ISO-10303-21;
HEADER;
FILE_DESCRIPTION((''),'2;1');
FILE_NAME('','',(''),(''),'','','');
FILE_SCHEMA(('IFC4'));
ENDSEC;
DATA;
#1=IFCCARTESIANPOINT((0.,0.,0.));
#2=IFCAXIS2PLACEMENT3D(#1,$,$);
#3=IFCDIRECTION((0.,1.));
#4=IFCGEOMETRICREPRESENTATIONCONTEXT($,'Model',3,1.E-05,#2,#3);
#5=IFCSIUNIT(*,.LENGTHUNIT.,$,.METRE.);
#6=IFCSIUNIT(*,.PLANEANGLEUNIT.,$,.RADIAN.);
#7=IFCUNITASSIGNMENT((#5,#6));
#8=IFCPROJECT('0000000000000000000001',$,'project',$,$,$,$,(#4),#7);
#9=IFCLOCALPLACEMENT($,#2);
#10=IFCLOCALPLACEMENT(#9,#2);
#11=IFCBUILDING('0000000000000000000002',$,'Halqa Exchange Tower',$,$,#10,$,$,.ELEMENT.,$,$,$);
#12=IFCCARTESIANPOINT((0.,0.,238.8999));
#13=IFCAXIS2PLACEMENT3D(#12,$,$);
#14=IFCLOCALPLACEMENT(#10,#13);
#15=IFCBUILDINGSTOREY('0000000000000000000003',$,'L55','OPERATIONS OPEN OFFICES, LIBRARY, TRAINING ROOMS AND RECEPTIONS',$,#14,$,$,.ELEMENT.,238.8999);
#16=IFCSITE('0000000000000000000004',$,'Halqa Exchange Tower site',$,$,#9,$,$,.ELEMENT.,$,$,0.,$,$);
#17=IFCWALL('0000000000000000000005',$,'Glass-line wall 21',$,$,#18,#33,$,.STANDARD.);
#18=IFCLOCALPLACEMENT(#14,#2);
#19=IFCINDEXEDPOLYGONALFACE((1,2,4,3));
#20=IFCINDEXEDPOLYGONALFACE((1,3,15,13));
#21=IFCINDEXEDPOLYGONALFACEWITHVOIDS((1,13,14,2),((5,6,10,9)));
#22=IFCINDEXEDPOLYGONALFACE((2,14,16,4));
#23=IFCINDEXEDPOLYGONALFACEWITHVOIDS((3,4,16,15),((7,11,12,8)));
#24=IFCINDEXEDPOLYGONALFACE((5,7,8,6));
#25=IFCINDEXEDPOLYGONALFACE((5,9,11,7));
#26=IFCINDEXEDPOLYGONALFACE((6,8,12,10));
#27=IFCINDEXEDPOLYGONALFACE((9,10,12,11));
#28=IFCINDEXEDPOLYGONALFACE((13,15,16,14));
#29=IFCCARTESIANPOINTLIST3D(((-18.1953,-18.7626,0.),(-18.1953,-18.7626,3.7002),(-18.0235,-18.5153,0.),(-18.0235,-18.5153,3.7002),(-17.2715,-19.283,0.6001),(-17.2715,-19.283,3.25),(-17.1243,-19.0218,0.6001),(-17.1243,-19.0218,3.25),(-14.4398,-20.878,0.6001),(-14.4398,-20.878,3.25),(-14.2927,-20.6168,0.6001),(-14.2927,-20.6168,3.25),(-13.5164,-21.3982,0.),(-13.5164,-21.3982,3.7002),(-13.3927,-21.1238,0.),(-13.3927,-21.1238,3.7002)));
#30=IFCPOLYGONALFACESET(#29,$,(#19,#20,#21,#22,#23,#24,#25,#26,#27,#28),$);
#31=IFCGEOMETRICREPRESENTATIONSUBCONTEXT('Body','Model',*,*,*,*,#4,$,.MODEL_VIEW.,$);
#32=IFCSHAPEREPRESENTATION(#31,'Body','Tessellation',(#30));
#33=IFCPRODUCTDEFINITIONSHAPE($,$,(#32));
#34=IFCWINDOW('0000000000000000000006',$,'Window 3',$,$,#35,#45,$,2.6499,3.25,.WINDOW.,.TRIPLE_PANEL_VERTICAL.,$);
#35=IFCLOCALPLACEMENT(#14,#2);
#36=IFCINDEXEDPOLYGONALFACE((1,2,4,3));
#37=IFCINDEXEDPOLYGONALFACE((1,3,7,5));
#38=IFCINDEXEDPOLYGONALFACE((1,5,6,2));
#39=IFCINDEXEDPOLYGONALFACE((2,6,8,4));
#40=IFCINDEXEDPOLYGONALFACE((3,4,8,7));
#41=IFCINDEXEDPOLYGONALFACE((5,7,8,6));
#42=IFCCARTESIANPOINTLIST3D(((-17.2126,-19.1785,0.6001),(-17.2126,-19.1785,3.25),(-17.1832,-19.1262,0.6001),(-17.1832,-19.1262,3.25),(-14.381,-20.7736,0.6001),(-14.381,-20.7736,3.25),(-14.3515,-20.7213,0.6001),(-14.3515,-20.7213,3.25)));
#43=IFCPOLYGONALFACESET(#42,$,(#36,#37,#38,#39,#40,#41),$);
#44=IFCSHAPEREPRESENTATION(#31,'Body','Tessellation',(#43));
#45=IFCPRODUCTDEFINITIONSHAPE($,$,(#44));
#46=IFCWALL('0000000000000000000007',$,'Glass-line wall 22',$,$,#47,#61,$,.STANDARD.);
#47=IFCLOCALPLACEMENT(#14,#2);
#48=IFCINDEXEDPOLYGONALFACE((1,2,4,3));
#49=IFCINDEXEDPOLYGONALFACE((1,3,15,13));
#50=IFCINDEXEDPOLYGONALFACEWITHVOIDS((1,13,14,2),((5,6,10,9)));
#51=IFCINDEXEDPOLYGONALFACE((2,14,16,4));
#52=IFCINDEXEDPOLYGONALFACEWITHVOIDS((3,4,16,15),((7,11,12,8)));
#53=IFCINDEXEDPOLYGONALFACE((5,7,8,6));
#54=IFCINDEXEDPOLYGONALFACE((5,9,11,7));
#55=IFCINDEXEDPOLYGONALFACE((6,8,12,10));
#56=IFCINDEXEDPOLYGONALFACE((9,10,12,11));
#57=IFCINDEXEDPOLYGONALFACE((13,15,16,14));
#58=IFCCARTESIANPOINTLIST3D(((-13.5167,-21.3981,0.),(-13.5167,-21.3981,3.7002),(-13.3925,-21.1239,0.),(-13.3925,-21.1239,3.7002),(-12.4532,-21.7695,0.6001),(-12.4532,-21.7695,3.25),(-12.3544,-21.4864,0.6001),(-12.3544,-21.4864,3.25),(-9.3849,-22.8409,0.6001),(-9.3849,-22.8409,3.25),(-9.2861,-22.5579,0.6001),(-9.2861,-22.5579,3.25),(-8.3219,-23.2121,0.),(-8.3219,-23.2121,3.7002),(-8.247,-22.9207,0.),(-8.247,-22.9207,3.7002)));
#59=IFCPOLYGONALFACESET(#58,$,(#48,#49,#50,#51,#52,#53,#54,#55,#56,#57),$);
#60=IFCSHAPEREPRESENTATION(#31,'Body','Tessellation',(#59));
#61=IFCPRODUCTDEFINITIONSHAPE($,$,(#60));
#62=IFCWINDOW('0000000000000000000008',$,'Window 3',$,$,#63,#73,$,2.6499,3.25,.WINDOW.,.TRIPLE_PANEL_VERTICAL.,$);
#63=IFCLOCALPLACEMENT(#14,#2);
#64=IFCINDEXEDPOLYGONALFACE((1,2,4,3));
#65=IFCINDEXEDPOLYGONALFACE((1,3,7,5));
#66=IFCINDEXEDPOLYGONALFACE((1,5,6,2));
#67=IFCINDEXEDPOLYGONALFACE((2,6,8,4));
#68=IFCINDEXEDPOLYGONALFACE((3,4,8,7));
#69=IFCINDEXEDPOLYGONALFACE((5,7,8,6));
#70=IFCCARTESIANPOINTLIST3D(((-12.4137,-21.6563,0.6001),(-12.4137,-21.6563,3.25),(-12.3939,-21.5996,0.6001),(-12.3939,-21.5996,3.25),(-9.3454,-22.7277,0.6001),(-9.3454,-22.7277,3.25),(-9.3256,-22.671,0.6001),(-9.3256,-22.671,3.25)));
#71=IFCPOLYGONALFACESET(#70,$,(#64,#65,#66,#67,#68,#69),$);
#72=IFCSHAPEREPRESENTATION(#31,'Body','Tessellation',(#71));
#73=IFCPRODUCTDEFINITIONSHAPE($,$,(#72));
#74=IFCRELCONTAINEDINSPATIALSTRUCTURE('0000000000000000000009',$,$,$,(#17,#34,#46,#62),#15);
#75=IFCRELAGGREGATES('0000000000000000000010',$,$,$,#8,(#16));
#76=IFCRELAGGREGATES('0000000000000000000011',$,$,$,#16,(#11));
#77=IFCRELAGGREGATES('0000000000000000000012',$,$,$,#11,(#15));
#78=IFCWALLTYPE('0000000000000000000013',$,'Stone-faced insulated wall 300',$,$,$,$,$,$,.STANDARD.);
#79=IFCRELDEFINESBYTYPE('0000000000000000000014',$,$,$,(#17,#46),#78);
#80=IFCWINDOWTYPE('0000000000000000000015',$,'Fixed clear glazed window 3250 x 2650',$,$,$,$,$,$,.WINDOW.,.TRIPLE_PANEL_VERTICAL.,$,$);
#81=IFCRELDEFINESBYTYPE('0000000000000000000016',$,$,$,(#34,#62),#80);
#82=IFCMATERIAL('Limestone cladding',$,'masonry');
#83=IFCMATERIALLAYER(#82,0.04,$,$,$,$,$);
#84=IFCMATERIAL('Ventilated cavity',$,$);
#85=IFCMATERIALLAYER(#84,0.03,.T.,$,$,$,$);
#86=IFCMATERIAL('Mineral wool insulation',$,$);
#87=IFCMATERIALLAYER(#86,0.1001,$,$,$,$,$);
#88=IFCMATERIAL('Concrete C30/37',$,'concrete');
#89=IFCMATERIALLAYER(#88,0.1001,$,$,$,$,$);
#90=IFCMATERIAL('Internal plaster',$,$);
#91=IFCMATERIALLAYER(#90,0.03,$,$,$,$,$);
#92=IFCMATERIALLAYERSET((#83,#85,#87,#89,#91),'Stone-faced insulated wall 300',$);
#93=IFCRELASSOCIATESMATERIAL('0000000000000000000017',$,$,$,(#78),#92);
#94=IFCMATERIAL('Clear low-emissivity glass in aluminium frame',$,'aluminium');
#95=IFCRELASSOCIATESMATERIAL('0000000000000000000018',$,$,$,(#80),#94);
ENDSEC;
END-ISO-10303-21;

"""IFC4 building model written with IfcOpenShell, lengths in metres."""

from ifc_helpers import new_model, si_unit, direction, frame, frame_2d, origin, place, context, subcontext, project, spatial, polyline, rectangle, outline, extrude, material, layer, layer_set, type_object, element, fill, save


model = new_model("IFC4")

# Units and contexts
model_context = context("Model", 3, precision=1e-05, world=origin(), true_north=direction((0.0, 1.0)))
body_context = subcontext(model_context, "Body", "Model", "MODEL_VIEW")
ifc_project = project(units=[si_unit("LENGTHUNIT", "METRE"), si_unit("PLANEANGLEUNIT", "RADIAN")], contexts=[model_context])

# Site, building, storey
site_placement = place(None, origin())
site = spatial("IfcSite", under=ifc_project, at=site_placement, Name="Halqa Exchange Tower site", CompositionType="ELEMENT", RefElevation=0.0)
building_placement = place(site_placement, origin())
building = spatial("IfcBuilding", under=site, at=building_placement, Name="Halqa Exchange Tower", CompositionType="ELEMENT")
storey_placement = place(building_placement, frame((0.0, 0.0, 238.8999)))
storey = spatial("IfcBuildingStorey", under=building, at=storey_placement, Name="L55", Description="OPERATIONS OPEN OFFICES, LIBRARY, TRAINING ROOMS AND RECEPTIONS", CompositionType="ELEMENT", Elevation=238.8999)

# Shared definitions
ifc_material_1 = material(Name="Limestone cladding", Category="masonry")
ifc_layer_1 = layer(ifc_material_1, 0.04)
ifc_material_2 = material(Name="Ventilated cavity")
ifc_layer_2 = layer(ifc_material_2, 0.03, ventilated=True)
ifc_material_3 = material(Name="Mineral wool insulation")
ifc_layer_3 = layer(ifc_material_3, 0.1001)
ifc_material_4 = material(Name="Concrete C30/37", Category="concrete")
ifc_layer_4 = layer(ifc_material_4, 0.1001)
ifc_material_5 = material(Name="Internal plaster")
ifc_layer_5 = layer(ifc_material_5, 0.03)
ifc_layer_set_1 = layer_set([ifc_layer_1, ifc_layer_2, ifc_layer_3, ifc_layer_4, ifc_layer_5], Name="Stone-faced insulated wall 300")
wall_type_1 = type_object("IfcWallType", Name="Stone-faced insulated wall 300", PredefinedType="STANDARD", material=ifc_layer_set_1)
ifc_material_6 = material(Name="Clear low-emissivity glass in aluminium frame", Category="aluminium")

# Walls, openings, windows
wall_1_placement = place(storey_placement, frame((-18.1094, -18.6389, 0.0), z_axis=(0.0, 0.0, 1.0), x_axis=(0.871275, -0.490795, 0.0)))
wall_1 = element("IfcWall", 1, at=wall_1_placement, inside=storey, type_object=wall_type_1, Name="Glass-line wall 21", PredefinedType="STANDARD", context=body_context, shape_type="SweptSolid", body=[
    extrude(outline(polyline([(-0.0142, -0.1499), (5.356, -0.1499), (5.3291, 0.1499), (0.0142, 0.1499), (-0.0142, -0.1499)])), origin(), (0.0, 0.0, 1.0), 3.7002),
])
opening_1_placement = place(wall_1_placement, frame((1.0461, 0.0, 0.6001)))
opening_1 = element("IfcOpeningElement", 2, at=opening_1_placement, cuts=wall_1, PredefinedType="OPENING", context=body_context, shape_type="SweptSolid", body=[
    extrude(rectangle(XDim=3.25, YDim=2.6499, at=frame_2d((1.625, 1.325))), frame((0.0, 0.1621, 0.0), z_axis=(0.0, -1.0, 0.0), x_axis=(1.0, 0.0, 0.0)), (0.0, 0.0, 1.0), 0.324),
])
window_type = type_object("IfcWindowType", Name="Fixed clear glazed window 3250 x 2650", PartitioningType="TRIPLE_PANEL_VERTICAL", PredefinedType="WINDOW", material=ifc_material_6)
window_1_placement = place(opening_1_placement, origin())
window_1 = element("IfcWindow", 3, at=window_1_placement, inside=storey, type_object=window_type, Name="Window 3", OverallHeight=2.6499, OverallWidth=3.25, PartitioningType="TRIPLE_PANEL_VERTICAL", PredefinedType="WINDOW", context=body_context, shape_type="SweptSolid", body=[
    extrude(rectangle(XDim=3.25, YDim=2.6499, at=frame_2d((1.625, 1.325))), frame((0.0, 0.03, 0.0), z_axis=(0.0, -1.0, 0.0), x_axis=(1.0, 0.0, 0.0)), (0.0, 0.0, 1.0), 0.0601),
])
fill(opening_1, window_1)
wall_2_placement = place(storey_placement, frame((-13.4546, -21.261, 0.0), z_axis=(0.0, 0.0, 1.0), x_axis=(0.944094, -0.329677, 0.0)))
wall_2 = element("IfcWall", 4, at=wall_2_placement, inside=storey, type_object=wall_type_1, Name="Glass-line wall 22", PredefinedType="STANDARD", context=body_context, shape_type="SweptSolid", body=[
    extrude(outline(polyline([(-0.0134, -0.1499), (5.489, -0.1499), (5.4636, 0.1499), (0.0134, 0.1499), (-0.0134, -0.1499)])), origin(), (0.0, 0.0, 1.0), 3.7002),
])
opening_2_placement = place(wall_2_placement, frame((1.113, 0.0, 0.6001)))
opening_2 = element("IfcOpeningElement", 5, at=opening_2_placement, cuts=wall_2, PredefinedType="OPENING", context=body_context, shape_type="SweptSolid", body=[
    extrude(rectangle(XDim=3.25, YDim=2.6499, at=frame_2d((1.625, 1.325))), frame((0.0, 0.1621, 0.0), z_axis=(0.0, -1.0, 0.0), x_axis=(1.0, 0.0, 0.0)), (0.0, 0.0, 1.0), 0.324),
])
window_2_placement = place(opening_2_placement, origin())
window_2 = element("IfcWindow", 6, at=window_2_placement, inside=storey, type_object=window_type, Name="Window 3", OverallHeight=2.6499, OverallWidth=3.25, PartitioningType="TRIPLE_PANEL_VERTICAL", PredefinedType="WINDOW", context=body_context, shape_type="SweptSolid", body=[
    extrude(rectangle(XDim=3.25, YDim=2.6499, at=frame_2d((1.625, 1.325))), frame((0.0, 0.03, 0.0), z_axis=(0.0, -1.0, 0.0), x_axis=(1.0, 0.0, 0.0)), (0.0, 0.0, 1.0), 0.0601),
])
fill(opening_2, window_2)

save(model, "model.ifc")
